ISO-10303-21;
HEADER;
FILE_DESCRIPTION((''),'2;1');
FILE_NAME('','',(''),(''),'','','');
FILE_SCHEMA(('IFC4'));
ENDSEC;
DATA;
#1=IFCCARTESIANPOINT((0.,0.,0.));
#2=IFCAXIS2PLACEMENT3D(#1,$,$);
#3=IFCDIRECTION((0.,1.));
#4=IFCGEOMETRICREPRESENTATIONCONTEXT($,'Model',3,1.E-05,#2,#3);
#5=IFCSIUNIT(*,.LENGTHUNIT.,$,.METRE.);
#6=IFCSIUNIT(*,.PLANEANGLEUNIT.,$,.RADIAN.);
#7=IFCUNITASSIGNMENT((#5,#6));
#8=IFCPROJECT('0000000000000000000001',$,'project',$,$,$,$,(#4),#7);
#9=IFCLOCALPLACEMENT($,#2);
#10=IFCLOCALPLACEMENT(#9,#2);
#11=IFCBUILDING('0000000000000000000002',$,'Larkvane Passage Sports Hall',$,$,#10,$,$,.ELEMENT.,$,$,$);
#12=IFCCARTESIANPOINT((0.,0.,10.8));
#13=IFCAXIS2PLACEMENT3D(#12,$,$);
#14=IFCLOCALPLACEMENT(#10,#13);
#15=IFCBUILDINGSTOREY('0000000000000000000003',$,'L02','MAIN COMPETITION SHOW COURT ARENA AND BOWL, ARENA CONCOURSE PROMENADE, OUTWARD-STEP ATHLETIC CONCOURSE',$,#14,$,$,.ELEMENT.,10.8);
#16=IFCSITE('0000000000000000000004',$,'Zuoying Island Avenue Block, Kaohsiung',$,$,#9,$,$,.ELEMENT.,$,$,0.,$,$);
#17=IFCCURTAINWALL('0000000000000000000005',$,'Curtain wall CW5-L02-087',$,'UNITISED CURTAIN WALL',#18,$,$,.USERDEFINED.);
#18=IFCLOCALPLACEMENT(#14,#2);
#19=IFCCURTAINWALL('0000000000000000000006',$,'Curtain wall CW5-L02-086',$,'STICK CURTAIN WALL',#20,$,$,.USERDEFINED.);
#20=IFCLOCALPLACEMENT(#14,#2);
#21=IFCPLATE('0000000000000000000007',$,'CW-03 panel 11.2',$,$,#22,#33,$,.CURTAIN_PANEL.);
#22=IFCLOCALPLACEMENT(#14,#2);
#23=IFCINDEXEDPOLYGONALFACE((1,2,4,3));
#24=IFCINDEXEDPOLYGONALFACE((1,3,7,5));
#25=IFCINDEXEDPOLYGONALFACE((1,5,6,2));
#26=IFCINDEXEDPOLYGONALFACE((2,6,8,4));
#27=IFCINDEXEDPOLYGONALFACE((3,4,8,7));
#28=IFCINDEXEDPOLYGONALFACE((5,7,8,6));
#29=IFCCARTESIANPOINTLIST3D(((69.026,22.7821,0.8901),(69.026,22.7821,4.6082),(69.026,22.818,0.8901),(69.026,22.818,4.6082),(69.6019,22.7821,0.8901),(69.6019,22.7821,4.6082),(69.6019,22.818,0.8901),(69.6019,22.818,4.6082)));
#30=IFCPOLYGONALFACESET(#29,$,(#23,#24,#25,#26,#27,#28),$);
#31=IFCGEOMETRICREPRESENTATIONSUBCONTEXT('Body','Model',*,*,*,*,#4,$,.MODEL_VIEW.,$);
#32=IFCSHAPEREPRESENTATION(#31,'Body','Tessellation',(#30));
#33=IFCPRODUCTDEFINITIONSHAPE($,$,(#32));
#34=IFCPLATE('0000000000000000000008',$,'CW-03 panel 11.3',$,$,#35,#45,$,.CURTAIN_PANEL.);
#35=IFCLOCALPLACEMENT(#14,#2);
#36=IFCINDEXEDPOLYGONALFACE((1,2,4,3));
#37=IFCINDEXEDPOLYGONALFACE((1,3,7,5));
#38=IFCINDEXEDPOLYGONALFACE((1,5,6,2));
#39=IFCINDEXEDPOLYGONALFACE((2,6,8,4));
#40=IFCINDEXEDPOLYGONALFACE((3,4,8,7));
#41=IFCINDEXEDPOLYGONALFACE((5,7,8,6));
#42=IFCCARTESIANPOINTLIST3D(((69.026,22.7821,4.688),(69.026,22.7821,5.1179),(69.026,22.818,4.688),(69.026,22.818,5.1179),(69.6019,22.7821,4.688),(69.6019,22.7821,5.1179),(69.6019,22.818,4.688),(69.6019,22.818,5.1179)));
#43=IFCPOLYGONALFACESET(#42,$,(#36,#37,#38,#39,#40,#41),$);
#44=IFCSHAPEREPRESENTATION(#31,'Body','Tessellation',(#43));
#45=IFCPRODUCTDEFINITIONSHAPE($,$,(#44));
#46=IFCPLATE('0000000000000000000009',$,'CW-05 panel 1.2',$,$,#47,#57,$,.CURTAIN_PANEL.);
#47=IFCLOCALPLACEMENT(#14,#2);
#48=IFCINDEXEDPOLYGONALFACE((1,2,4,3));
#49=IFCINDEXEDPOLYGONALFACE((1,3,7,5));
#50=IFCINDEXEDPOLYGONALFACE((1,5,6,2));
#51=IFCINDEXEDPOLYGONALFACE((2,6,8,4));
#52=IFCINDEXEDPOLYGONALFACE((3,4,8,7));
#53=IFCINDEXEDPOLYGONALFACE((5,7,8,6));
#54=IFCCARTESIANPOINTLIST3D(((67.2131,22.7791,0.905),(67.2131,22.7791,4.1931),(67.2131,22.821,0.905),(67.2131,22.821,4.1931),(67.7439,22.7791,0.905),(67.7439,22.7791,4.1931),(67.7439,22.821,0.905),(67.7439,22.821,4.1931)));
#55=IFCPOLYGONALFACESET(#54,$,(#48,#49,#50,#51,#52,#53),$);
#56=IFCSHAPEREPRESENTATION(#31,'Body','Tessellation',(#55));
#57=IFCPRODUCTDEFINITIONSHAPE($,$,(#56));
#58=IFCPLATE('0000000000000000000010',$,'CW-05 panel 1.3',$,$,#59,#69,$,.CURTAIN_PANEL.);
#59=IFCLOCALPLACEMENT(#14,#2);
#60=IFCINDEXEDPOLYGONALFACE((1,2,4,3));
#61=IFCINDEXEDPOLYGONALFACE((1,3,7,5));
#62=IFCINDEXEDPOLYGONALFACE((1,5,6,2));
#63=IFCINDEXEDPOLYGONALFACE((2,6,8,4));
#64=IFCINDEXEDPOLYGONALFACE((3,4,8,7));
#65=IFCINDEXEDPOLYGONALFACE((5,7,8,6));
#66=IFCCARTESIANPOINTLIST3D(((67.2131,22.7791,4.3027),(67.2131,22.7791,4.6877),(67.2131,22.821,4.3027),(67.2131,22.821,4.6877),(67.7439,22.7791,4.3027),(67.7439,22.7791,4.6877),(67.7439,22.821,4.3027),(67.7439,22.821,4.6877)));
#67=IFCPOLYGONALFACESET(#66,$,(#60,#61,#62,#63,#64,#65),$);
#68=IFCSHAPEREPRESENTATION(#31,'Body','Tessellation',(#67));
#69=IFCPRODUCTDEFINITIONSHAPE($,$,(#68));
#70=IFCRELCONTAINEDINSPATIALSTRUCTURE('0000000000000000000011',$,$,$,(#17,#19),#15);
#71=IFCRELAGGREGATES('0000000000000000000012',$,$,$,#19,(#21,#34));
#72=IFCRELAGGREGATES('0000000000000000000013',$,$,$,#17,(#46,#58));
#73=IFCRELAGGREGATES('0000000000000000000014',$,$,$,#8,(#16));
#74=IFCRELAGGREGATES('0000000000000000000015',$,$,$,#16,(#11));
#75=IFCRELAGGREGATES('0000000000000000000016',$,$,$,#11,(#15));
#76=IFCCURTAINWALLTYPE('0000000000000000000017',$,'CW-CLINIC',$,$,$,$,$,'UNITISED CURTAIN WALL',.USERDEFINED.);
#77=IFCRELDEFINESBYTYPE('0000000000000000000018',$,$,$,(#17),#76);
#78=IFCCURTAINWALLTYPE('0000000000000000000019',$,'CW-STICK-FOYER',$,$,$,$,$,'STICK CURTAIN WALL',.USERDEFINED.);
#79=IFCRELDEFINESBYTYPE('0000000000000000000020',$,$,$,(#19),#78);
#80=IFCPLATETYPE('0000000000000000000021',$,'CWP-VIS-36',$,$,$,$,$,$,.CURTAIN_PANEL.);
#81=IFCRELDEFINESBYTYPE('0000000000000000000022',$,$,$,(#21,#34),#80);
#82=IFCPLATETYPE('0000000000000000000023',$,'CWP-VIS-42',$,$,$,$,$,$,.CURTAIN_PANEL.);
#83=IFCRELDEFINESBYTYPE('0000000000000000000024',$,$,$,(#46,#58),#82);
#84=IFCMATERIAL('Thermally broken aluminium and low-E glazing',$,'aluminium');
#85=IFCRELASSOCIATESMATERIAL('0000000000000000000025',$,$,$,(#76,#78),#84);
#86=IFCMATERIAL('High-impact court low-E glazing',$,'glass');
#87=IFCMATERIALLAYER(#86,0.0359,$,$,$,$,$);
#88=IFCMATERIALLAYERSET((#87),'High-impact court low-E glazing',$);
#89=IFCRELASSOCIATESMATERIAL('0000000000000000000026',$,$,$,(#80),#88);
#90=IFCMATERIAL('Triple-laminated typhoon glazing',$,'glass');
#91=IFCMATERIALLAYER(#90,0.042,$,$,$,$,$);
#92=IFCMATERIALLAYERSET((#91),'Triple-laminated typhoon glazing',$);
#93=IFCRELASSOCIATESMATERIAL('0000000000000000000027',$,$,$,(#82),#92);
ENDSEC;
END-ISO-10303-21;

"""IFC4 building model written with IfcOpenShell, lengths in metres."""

from ifc_helpers import new_model, si_unit, direction, frame, origin, origin_2d, place, context, subcontext, project, spatial, rectangle, extrude, material, layer, layer_set, type_object, element, aggregate, save


model = new_model("IFC4")

# Units and contexts
model_context = context("Model", 3, precision=1e-05, world=origin(), true_north=direction((0.0, 1.0)))
body_context = subcontext(model_context, "Body", "Model", "MODEL_VIEW")
ifc_project = project(units=[si_unit("LENGTHUNIT", "METRE"), si_unit("PLANEANGLEUNIT", "RADIAN")], contexts=[model_context])

# Site, building, storey
site_placement = place(None, origin())
site = spatial("IfcSite", under=ifc_project, at=site_placement, Name="Zuoying Island Avenue Block, Kaohsiung", CompositionType="ELEMENT", RefElevation=0.0)
building_placement = place(site_placement, origin())
building = spatial("IfcBuilding", under=site, at=building_placement, Name="Larkvane Passage Sports Hall", CompositionType="ELEMENT")
storey_placement = place(building_placement, frame((0.0, 0.0, 10.8)))
storey = spatial("IfcBuildingStorey", under=building, at=storey_placement, Name="L02", Description="MAIN COMPETITION SHOW COURT ARENA AND BOWL, ARENA CONCOURSE PROMENADE, OUTWARD-STEP ATHLETIC CONCOURSE", CompositionType="ELEMENT", Elevation=10.8)

# Curtain wall
ifc_material_1 = material(Name="Thermally broken aluminium and low-E glazing", Category="aluminium")
curtain_wall_type_1 = type_object("IfcCurtainWallType", Name="CW-CLINIC", ElementType="UNITISED CURTAIN WALL", PredefinedType="USERDEFINED", material=ifc_material_1)
curtain_wall_1_placement = place(storey_placement, origin())
curtain_wall_1 = element("IfcCurtainWall", 1, at=curtain_wall_1_placement, inside=storey, type_object=curtain_wall_type_1, Name="Curtain wall CW5-L02-087", ObjectType="UNITISED CURTAIN WALL", PredefinedType="USERDEFINED")

# Curtain wall
curtain_wall_type_2 = type_object("IfcCurtainWallType", Name="CW-STICK-FOYER", ElementType="STICK CURTAIN WALL", PredefinedType="USERDEFINED", material=ifc_material_1)
curtain_wall_2_placement = place(storey_placement, origin())
curtain_wall_2 = element("IfcCurtainWall", 2, at=curtain_wall_2_placement, inside=storey, type_object=curtain_wall_type_2, Name="Curtain wall CW5-L02-086", ObjectType="STICK CURTAIN WALL", PredefinedType="USERDEFINED")

# Plates
ifc_material_2 = material(Name="High-impact court low-E glazing", Category="glass")
ifc_layer_1 = layer(ifc_material_2, 0.0359)
ifc_layer_set_1 = layer_set([ifc_layer_1], Name="High-impact court low-E glazing")
plate_type_1 = type_object("IfcPlateType", Name="CWP-VIS-36", PredefinedType="CURTAIN_PANEL", material=ifc_layer_set_1)
plate_1_placement = place(storey_placement, frame((69.314, 22.8, 0.8901), z_axis=(0.0, 0.0, 1.0), x_axis=(-1.0, 0.0, 0.0)))
plate_1 = element("IfcPlate", 3, at=plate_1_placement, type_object=plate_type_1, Name="CW-03 panel 11.2", PredefinedType="CURTAIN_PANEL", context=body_context, shape_type="SweptSolid", body=[
    extrude(rectangle(XDim=0.5759, YDim=0.0359, at=origin_2d()), origin(), (0.0, 0.0, 1.0), 3.718),
])
plate_2_placement = place(storey_placement, frame((69.314, 22.8, 4.688), z_axis=(0.0, 0.0, 1.0), x_axis=(-1.0, 0.0, 0.0)))
plate_2 = element("IfcPlate", 4, at=plate_2_placement, type_object=plate_type_1, Name="CW-03 panel 11.3", PredefinedType="CURTAIN_PANEL", context=body_context, shape_type="SweptSolid", body=[
    extrude(rectangle(XDim=0.5759, YDim=0.0359, at=origin_2d()), origin(), (0.0, 0.0, 1.0), 0.4299),
])
aggregate(curtain_wall_2, [plate_1, plate_2])
ifc_material_3 = material(Name="Triple-laminated typhoon glazing", Category="glass")
ifc_layer_2 = layer(ifc_material_3, 0.042)
ifc_layer_set_2 = layer_set([ifc_layer_2], Name="Triple-laminated typhoon glazing")
plate_type_2 = type_object("IfcPlateType", Name="CWP-VIS-42", PredefinedType="CURTAIN_PANEL", material=ifc_layer_set_2)
plate_3_placement = place(storey_placement, frame((67.4785, 22.8, 0.905), z_axis=(0.0, 0.0, 1.0), x_axis=(-1.0, 0.0, 0.0)))
plate_3 = element("IfcPlate", 5, at=plate_3_placement, type_object=plate_type_2, Name="CW-05 panel 1.2", PredefinedType="CURTAIN_PANEL", context=body_context, shape_type="SweptSolid", body=[
    extrude(rectangle(XDim=0.5308, YDim=0.042, at=origin_2d()), origin(), (0.0, 0.0, 1.0), 3.2881),
])
plate_4_placement = place(storey_placement, frame((67.4785, 22.8, 4.3027), z_axis=(0.0, 0.0, 1.0), x_axis=(-1.0, 0.0, 0.0)))
plate_4 = element("IfcPlate", 6, at=plate_4_placement, type_object=plate_type_2, Name="CW-05 panel 1.3", PredefinedType="CURTAIN_PANEL", context=body_context, shape_type="SweptSolid", body=[
    extrude(rectangle(XDim=0.5308, YDim=0.042, at=origin_2d()), origin(), (0.0, 0.0, 1.0), 0.385),
])
aggregate(curtain_wall_1, [plate_3, plate_4])

save(model, "model.ifc")
